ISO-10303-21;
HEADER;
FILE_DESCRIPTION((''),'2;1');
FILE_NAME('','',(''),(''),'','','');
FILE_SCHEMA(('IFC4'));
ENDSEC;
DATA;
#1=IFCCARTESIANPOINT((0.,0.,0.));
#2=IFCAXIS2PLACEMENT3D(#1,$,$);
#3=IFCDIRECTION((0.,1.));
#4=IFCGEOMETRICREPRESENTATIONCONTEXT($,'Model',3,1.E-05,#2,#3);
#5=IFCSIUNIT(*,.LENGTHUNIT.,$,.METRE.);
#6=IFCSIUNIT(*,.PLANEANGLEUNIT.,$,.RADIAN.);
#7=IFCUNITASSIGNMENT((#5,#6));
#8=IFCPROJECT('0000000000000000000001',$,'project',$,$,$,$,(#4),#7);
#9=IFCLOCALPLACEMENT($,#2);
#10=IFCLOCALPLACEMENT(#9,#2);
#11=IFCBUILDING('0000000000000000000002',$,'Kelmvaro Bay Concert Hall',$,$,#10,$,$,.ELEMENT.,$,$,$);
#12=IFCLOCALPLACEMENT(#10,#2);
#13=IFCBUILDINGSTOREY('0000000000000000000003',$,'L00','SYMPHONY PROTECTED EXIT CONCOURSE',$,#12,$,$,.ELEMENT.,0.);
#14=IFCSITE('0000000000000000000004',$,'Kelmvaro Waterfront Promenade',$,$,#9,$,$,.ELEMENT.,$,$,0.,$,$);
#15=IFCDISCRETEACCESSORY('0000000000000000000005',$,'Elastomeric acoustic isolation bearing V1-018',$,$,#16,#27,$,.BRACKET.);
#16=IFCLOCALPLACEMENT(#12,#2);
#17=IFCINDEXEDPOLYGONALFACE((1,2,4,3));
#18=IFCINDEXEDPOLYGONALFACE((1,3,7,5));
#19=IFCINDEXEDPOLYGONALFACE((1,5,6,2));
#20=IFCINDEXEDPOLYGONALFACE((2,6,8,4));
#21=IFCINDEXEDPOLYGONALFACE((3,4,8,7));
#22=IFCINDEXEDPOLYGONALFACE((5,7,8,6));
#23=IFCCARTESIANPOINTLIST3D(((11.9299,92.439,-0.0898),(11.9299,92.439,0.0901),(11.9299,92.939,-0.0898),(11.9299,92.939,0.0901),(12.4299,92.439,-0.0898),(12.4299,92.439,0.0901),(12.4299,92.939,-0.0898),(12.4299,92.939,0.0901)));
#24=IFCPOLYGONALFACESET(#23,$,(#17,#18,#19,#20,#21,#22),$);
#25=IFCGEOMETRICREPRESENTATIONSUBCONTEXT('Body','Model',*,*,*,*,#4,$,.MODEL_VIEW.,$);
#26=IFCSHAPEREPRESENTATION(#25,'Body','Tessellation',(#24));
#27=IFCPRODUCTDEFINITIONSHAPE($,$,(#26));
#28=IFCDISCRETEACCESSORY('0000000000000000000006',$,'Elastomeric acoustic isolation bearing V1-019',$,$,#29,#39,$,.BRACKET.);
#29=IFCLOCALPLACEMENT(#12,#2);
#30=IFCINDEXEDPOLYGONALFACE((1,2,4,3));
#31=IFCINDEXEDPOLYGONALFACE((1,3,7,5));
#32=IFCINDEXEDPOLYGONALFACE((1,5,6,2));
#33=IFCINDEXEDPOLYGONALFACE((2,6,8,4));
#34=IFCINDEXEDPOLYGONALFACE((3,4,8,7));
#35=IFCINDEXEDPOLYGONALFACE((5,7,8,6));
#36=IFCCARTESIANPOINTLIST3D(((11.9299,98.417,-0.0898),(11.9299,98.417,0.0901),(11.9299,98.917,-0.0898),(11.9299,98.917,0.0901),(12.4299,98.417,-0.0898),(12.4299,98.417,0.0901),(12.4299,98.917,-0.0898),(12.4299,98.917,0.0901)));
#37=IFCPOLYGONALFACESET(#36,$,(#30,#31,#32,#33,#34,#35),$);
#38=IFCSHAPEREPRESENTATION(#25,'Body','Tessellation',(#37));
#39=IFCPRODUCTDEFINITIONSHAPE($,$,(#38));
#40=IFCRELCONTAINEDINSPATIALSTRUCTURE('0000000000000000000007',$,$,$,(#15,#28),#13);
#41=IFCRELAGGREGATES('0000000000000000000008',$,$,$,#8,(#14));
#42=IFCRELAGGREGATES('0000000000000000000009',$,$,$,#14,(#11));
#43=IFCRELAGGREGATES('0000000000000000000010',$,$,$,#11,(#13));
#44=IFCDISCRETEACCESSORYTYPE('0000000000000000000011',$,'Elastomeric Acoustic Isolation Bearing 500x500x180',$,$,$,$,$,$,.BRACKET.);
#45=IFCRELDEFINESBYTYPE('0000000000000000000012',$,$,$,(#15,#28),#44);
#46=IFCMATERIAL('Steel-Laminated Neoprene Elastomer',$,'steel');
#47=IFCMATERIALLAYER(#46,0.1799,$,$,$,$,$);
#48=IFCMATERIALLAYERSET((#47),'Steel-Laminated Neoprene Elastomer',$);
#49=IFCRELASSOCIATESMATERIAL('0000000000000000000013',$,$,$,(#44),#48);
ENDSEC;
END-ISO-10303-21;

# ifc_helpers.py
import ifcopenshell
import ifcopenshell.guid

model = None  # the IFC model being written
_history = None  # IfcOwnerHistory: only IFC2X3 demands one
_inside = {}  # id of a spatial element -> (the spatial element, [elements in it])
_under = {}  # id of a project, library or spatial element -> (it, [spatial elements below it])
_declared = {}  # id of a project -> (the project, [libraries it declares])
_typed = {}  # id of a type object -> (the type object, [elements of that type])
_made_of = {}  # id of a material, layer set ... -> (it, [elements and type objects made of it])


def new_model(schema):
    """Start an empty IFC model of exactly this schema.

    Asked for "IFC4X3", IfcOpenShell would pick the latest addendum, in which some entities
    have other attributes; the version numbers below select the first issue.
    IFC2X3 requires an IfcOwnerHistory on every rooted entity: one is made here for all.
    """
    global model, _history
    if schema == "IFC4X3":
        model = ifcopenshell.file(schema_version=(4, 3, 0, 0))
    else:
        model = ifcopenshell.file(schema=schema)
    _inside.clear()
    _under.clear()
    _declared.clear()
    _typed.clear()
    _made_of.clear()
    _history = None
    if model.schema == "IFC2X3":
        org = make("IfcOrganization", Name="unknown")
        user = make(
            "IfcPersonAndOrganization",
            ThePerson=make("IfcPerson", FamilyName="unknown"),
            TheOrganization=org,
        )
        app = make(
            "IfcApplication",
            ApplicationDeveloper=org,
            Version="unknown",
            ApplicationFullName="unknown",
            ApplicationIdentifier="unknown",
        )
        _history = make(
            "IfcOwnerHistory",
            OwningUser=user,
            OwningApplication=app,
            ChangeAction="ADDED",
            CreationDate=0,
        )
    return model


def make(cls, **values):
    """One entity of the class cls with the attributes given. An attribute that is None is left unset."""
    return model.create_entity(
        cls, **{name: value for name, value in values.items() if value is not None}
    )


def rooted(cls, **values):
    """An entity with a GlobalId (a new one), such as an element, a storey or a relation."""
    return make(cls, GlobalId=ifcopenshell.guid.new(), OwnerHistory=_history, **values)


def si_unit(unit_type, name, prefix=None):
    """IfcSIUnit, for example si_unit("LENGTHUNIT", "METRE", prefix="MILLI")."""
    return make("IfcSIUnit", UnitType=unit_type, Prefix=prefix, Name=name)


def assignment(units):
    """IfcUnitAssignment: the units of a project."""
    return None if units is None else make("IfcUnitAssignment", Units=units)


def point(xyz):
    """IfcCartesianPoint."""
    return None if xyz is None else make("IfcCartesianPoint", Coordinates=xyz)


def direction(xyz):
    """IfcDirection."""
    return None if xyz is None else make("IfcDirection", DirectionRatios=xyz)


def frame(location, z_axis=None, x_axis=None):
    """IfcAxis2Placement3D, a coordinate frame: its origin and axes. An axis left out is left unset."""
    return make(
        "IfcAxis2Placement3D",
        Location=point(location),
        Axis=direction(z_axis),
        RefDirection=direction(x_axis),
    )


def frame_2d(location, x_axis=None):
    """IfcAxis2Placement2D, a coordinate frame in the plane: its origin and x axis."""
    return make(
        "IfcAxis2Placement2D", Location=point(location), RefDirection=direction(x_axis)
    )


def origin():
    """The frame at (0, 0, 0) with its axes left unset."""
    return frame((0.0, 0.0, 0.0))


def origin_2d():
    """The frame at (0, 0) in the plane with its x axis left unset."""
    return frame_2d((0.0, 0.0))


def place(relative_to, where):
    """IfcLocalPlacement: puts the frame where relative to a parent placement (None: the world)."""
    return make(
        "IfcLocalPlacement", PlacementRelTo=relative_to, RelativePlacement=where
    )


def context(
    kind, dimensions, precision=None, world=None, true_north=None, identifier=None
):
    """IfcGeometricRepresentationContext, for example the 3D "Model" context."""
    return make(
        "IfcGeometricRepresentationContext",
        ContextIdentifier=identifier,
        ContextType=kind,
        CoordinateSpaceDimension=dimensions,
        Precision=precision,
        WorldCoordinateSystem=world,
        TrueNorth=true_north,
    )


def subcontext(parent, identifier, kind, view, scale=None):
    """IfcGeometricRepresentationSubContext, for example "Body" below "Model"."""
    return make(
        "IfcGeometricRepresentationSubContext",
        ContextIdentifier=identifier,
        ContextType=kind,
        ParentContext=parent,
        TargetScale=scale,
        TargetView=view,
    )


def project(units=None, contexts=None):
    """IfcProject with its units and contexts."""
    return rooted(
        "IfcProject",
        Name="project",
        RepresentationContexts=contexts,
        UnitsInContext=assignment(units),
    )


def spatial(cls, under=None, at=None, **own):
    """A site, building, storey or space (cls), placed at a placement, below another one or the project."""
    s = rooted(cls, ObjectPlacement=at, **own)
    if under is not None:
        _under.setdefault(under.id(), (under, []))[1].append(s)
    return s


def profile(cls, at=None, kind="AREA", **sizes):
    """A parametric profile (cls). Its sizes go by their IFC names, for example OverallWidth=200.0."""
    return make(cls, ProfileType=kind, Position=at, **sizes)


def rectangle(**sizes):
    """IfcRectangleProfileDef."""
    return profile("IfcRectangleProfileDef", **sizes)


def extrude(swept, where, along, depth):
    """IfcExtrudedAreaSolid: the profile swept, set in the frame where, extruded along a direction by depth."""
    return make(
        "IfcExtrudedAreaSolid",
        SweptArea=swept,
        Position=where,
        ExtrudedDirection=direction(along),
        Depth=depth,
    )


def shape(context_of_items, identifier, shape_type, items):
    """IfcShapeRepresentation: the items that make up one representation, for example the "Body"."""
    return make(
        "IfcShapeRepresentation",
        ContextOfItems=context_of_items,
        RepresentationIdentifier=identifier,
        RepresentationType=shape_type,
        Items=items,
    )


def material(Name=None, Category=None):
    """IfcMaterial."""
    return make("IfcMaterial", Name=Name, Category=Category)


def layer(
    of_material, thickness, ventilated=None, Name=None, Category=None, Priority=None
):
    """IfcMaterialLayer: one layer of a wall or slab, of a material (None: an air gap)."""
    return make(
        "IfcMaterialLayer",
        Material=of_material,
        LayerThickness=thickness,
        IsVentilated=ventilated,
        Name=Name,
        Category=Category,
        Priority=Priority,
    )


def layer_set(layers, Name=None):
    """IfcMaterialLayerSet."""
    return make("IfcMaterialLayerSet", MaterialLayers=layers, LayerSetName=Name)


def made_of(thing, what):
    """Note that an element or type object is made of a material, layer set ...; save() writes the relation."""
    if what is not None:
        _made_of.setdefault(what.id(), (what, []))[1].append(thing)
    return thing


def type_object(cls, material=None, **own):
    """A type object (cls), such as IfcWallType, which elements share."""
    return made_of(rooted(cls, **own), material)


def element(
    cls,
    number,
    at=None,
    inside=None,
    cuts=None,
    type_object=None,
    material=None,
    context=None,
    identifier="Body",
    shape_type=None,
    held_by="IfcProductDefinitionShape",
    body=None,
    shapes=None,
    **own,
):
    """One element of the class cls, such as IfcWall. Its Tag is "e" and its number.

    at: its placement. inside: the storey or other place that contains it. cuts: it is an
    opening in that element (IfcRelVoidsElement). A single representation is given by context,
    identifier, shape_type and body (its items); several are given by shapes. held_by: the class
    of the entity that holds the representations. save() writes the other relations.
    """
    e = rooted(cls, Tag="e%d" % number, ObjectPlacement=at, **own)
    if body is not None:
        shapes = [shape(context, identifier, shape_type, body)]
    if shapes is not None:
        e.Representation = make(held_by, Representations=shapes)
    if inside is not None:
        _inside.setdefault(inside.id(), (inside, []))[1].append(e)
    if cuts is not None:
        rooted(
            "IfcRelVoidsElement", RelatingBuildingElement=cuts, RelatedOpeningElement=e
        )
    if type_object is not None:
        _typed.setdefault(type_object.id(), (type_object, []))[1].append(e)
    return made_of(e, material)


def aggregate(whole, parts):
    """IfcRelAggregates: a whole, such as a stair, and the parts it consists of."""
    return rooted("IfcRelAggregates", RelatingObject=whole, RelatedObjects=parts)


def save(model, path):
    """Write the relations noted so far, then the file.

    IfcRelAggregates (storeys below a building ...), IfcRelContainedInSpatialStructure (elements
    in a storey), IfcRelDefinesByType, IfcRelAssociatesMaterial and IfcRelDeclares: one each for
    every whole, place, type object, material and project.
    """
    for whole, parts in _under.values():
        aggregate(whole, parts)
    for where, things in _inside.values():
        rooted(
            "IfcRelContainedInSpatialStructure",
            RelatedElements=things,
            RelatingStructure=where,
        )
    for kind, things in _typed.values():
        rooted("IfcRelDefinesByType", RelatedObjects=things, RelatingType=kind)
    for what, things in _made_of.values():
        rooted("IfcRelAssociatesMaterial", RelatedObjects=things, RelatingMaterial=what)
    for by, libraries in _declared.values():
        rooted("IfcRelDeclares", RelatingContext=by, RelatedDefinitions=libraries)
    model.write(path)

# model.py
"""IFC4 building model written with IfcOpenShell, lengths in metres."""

from ifc_helpers import new_model, si_unit, direction, frame, origin, origin_2d, place, context, subcontext, project, spatial, rectangle, extrude, material, layer, layer_set, type_object, element, save


model = new_model("IFC4")

# Units and contexts
model_context = context("Model", 3, precision=1e-05, world=origin(), true_north=direction((0.0, 1.0)))
body_context = subcontext(model_context, "Body", "Model", "MODEL_VIEW")
ifc_project = project(units=[si_unit("LENGTHUNIT", "METRE"), si_unit("PLANEANGLEUNIT", "RADIAN")], contexts=[model_context])

# Site, building, storey
site_placement = place(None, origin())
site = spatial("IfcSite", under=ifc_project, at=site_placement, Name="Kelmvaro Waterfront Promenade", CompositionType="ELEMENT", RefElevation=0.0)
building_placement = place(site_placement, origin())
building = spatial("IfcBuilding", under=site, at=building_placement, Name="Kelmvaro Bay Concert Hall", CompositionType="ELEMENT")
storey_placement = place(building_placement, origin())
storey = spatial("IfcBuildingStorey", under=building, at=storey_placement, Name="L00", Description="SYMPHONY PROTECTED EXIT CONCOURSE", CompositionType="ELEMENT", Elevation=0.0)

# Discrete accessories
ifc_material_1 = material(Name="Steel-Laminated Neoprene Elastomer", Category="steel")
ifc_layer_1 = layer(ifc_material_1, 0.1799)
ifc_layer_set_1 = layer_set([ifc_layer_1], Name="Steel-Laminated Neoprene Elastomer")
discrete_accessory_type = type_object("IfcDiscreteAccessoryType", Name="Elastomeric Acoustic Isolation Bearing 500x500x180", PredefinedType="BRACKET", material=ifc_layer_set_1)
for number, where, z_axis, x_axis, name in (
    (1, (12.1799, 92.689, -0.0898), (0.0, 0.0, 1.0), (1.0, 0.0, 0.0), "Elastomeric acoustic isolation bearing V1-018"),
    (2, (12.1799, 98.667, -0.0898), (0.0, 0.0, 1.0), (1.0, 0.0, 0.0), "Elastomeric acoustic isolation bearing V1-019"),
):
    element("IfcDiscreteAccessory", number, at=place(storey_placement, frame(where, z_axis=z_axis, x_axis=x_axis)), inside=storey, type_object=discrete_accessory_type, Name=name, PredefinedType="BRACKET", context=body_context, shape_type="SweptSolid", body=[
        extrude(rectangle(XDim=0.5, YDim=0.5, at=origin_2d()), origin(), (0.0, 0.0, 1.0), 0.1799),
    ])

save(model, "model.ifc")
